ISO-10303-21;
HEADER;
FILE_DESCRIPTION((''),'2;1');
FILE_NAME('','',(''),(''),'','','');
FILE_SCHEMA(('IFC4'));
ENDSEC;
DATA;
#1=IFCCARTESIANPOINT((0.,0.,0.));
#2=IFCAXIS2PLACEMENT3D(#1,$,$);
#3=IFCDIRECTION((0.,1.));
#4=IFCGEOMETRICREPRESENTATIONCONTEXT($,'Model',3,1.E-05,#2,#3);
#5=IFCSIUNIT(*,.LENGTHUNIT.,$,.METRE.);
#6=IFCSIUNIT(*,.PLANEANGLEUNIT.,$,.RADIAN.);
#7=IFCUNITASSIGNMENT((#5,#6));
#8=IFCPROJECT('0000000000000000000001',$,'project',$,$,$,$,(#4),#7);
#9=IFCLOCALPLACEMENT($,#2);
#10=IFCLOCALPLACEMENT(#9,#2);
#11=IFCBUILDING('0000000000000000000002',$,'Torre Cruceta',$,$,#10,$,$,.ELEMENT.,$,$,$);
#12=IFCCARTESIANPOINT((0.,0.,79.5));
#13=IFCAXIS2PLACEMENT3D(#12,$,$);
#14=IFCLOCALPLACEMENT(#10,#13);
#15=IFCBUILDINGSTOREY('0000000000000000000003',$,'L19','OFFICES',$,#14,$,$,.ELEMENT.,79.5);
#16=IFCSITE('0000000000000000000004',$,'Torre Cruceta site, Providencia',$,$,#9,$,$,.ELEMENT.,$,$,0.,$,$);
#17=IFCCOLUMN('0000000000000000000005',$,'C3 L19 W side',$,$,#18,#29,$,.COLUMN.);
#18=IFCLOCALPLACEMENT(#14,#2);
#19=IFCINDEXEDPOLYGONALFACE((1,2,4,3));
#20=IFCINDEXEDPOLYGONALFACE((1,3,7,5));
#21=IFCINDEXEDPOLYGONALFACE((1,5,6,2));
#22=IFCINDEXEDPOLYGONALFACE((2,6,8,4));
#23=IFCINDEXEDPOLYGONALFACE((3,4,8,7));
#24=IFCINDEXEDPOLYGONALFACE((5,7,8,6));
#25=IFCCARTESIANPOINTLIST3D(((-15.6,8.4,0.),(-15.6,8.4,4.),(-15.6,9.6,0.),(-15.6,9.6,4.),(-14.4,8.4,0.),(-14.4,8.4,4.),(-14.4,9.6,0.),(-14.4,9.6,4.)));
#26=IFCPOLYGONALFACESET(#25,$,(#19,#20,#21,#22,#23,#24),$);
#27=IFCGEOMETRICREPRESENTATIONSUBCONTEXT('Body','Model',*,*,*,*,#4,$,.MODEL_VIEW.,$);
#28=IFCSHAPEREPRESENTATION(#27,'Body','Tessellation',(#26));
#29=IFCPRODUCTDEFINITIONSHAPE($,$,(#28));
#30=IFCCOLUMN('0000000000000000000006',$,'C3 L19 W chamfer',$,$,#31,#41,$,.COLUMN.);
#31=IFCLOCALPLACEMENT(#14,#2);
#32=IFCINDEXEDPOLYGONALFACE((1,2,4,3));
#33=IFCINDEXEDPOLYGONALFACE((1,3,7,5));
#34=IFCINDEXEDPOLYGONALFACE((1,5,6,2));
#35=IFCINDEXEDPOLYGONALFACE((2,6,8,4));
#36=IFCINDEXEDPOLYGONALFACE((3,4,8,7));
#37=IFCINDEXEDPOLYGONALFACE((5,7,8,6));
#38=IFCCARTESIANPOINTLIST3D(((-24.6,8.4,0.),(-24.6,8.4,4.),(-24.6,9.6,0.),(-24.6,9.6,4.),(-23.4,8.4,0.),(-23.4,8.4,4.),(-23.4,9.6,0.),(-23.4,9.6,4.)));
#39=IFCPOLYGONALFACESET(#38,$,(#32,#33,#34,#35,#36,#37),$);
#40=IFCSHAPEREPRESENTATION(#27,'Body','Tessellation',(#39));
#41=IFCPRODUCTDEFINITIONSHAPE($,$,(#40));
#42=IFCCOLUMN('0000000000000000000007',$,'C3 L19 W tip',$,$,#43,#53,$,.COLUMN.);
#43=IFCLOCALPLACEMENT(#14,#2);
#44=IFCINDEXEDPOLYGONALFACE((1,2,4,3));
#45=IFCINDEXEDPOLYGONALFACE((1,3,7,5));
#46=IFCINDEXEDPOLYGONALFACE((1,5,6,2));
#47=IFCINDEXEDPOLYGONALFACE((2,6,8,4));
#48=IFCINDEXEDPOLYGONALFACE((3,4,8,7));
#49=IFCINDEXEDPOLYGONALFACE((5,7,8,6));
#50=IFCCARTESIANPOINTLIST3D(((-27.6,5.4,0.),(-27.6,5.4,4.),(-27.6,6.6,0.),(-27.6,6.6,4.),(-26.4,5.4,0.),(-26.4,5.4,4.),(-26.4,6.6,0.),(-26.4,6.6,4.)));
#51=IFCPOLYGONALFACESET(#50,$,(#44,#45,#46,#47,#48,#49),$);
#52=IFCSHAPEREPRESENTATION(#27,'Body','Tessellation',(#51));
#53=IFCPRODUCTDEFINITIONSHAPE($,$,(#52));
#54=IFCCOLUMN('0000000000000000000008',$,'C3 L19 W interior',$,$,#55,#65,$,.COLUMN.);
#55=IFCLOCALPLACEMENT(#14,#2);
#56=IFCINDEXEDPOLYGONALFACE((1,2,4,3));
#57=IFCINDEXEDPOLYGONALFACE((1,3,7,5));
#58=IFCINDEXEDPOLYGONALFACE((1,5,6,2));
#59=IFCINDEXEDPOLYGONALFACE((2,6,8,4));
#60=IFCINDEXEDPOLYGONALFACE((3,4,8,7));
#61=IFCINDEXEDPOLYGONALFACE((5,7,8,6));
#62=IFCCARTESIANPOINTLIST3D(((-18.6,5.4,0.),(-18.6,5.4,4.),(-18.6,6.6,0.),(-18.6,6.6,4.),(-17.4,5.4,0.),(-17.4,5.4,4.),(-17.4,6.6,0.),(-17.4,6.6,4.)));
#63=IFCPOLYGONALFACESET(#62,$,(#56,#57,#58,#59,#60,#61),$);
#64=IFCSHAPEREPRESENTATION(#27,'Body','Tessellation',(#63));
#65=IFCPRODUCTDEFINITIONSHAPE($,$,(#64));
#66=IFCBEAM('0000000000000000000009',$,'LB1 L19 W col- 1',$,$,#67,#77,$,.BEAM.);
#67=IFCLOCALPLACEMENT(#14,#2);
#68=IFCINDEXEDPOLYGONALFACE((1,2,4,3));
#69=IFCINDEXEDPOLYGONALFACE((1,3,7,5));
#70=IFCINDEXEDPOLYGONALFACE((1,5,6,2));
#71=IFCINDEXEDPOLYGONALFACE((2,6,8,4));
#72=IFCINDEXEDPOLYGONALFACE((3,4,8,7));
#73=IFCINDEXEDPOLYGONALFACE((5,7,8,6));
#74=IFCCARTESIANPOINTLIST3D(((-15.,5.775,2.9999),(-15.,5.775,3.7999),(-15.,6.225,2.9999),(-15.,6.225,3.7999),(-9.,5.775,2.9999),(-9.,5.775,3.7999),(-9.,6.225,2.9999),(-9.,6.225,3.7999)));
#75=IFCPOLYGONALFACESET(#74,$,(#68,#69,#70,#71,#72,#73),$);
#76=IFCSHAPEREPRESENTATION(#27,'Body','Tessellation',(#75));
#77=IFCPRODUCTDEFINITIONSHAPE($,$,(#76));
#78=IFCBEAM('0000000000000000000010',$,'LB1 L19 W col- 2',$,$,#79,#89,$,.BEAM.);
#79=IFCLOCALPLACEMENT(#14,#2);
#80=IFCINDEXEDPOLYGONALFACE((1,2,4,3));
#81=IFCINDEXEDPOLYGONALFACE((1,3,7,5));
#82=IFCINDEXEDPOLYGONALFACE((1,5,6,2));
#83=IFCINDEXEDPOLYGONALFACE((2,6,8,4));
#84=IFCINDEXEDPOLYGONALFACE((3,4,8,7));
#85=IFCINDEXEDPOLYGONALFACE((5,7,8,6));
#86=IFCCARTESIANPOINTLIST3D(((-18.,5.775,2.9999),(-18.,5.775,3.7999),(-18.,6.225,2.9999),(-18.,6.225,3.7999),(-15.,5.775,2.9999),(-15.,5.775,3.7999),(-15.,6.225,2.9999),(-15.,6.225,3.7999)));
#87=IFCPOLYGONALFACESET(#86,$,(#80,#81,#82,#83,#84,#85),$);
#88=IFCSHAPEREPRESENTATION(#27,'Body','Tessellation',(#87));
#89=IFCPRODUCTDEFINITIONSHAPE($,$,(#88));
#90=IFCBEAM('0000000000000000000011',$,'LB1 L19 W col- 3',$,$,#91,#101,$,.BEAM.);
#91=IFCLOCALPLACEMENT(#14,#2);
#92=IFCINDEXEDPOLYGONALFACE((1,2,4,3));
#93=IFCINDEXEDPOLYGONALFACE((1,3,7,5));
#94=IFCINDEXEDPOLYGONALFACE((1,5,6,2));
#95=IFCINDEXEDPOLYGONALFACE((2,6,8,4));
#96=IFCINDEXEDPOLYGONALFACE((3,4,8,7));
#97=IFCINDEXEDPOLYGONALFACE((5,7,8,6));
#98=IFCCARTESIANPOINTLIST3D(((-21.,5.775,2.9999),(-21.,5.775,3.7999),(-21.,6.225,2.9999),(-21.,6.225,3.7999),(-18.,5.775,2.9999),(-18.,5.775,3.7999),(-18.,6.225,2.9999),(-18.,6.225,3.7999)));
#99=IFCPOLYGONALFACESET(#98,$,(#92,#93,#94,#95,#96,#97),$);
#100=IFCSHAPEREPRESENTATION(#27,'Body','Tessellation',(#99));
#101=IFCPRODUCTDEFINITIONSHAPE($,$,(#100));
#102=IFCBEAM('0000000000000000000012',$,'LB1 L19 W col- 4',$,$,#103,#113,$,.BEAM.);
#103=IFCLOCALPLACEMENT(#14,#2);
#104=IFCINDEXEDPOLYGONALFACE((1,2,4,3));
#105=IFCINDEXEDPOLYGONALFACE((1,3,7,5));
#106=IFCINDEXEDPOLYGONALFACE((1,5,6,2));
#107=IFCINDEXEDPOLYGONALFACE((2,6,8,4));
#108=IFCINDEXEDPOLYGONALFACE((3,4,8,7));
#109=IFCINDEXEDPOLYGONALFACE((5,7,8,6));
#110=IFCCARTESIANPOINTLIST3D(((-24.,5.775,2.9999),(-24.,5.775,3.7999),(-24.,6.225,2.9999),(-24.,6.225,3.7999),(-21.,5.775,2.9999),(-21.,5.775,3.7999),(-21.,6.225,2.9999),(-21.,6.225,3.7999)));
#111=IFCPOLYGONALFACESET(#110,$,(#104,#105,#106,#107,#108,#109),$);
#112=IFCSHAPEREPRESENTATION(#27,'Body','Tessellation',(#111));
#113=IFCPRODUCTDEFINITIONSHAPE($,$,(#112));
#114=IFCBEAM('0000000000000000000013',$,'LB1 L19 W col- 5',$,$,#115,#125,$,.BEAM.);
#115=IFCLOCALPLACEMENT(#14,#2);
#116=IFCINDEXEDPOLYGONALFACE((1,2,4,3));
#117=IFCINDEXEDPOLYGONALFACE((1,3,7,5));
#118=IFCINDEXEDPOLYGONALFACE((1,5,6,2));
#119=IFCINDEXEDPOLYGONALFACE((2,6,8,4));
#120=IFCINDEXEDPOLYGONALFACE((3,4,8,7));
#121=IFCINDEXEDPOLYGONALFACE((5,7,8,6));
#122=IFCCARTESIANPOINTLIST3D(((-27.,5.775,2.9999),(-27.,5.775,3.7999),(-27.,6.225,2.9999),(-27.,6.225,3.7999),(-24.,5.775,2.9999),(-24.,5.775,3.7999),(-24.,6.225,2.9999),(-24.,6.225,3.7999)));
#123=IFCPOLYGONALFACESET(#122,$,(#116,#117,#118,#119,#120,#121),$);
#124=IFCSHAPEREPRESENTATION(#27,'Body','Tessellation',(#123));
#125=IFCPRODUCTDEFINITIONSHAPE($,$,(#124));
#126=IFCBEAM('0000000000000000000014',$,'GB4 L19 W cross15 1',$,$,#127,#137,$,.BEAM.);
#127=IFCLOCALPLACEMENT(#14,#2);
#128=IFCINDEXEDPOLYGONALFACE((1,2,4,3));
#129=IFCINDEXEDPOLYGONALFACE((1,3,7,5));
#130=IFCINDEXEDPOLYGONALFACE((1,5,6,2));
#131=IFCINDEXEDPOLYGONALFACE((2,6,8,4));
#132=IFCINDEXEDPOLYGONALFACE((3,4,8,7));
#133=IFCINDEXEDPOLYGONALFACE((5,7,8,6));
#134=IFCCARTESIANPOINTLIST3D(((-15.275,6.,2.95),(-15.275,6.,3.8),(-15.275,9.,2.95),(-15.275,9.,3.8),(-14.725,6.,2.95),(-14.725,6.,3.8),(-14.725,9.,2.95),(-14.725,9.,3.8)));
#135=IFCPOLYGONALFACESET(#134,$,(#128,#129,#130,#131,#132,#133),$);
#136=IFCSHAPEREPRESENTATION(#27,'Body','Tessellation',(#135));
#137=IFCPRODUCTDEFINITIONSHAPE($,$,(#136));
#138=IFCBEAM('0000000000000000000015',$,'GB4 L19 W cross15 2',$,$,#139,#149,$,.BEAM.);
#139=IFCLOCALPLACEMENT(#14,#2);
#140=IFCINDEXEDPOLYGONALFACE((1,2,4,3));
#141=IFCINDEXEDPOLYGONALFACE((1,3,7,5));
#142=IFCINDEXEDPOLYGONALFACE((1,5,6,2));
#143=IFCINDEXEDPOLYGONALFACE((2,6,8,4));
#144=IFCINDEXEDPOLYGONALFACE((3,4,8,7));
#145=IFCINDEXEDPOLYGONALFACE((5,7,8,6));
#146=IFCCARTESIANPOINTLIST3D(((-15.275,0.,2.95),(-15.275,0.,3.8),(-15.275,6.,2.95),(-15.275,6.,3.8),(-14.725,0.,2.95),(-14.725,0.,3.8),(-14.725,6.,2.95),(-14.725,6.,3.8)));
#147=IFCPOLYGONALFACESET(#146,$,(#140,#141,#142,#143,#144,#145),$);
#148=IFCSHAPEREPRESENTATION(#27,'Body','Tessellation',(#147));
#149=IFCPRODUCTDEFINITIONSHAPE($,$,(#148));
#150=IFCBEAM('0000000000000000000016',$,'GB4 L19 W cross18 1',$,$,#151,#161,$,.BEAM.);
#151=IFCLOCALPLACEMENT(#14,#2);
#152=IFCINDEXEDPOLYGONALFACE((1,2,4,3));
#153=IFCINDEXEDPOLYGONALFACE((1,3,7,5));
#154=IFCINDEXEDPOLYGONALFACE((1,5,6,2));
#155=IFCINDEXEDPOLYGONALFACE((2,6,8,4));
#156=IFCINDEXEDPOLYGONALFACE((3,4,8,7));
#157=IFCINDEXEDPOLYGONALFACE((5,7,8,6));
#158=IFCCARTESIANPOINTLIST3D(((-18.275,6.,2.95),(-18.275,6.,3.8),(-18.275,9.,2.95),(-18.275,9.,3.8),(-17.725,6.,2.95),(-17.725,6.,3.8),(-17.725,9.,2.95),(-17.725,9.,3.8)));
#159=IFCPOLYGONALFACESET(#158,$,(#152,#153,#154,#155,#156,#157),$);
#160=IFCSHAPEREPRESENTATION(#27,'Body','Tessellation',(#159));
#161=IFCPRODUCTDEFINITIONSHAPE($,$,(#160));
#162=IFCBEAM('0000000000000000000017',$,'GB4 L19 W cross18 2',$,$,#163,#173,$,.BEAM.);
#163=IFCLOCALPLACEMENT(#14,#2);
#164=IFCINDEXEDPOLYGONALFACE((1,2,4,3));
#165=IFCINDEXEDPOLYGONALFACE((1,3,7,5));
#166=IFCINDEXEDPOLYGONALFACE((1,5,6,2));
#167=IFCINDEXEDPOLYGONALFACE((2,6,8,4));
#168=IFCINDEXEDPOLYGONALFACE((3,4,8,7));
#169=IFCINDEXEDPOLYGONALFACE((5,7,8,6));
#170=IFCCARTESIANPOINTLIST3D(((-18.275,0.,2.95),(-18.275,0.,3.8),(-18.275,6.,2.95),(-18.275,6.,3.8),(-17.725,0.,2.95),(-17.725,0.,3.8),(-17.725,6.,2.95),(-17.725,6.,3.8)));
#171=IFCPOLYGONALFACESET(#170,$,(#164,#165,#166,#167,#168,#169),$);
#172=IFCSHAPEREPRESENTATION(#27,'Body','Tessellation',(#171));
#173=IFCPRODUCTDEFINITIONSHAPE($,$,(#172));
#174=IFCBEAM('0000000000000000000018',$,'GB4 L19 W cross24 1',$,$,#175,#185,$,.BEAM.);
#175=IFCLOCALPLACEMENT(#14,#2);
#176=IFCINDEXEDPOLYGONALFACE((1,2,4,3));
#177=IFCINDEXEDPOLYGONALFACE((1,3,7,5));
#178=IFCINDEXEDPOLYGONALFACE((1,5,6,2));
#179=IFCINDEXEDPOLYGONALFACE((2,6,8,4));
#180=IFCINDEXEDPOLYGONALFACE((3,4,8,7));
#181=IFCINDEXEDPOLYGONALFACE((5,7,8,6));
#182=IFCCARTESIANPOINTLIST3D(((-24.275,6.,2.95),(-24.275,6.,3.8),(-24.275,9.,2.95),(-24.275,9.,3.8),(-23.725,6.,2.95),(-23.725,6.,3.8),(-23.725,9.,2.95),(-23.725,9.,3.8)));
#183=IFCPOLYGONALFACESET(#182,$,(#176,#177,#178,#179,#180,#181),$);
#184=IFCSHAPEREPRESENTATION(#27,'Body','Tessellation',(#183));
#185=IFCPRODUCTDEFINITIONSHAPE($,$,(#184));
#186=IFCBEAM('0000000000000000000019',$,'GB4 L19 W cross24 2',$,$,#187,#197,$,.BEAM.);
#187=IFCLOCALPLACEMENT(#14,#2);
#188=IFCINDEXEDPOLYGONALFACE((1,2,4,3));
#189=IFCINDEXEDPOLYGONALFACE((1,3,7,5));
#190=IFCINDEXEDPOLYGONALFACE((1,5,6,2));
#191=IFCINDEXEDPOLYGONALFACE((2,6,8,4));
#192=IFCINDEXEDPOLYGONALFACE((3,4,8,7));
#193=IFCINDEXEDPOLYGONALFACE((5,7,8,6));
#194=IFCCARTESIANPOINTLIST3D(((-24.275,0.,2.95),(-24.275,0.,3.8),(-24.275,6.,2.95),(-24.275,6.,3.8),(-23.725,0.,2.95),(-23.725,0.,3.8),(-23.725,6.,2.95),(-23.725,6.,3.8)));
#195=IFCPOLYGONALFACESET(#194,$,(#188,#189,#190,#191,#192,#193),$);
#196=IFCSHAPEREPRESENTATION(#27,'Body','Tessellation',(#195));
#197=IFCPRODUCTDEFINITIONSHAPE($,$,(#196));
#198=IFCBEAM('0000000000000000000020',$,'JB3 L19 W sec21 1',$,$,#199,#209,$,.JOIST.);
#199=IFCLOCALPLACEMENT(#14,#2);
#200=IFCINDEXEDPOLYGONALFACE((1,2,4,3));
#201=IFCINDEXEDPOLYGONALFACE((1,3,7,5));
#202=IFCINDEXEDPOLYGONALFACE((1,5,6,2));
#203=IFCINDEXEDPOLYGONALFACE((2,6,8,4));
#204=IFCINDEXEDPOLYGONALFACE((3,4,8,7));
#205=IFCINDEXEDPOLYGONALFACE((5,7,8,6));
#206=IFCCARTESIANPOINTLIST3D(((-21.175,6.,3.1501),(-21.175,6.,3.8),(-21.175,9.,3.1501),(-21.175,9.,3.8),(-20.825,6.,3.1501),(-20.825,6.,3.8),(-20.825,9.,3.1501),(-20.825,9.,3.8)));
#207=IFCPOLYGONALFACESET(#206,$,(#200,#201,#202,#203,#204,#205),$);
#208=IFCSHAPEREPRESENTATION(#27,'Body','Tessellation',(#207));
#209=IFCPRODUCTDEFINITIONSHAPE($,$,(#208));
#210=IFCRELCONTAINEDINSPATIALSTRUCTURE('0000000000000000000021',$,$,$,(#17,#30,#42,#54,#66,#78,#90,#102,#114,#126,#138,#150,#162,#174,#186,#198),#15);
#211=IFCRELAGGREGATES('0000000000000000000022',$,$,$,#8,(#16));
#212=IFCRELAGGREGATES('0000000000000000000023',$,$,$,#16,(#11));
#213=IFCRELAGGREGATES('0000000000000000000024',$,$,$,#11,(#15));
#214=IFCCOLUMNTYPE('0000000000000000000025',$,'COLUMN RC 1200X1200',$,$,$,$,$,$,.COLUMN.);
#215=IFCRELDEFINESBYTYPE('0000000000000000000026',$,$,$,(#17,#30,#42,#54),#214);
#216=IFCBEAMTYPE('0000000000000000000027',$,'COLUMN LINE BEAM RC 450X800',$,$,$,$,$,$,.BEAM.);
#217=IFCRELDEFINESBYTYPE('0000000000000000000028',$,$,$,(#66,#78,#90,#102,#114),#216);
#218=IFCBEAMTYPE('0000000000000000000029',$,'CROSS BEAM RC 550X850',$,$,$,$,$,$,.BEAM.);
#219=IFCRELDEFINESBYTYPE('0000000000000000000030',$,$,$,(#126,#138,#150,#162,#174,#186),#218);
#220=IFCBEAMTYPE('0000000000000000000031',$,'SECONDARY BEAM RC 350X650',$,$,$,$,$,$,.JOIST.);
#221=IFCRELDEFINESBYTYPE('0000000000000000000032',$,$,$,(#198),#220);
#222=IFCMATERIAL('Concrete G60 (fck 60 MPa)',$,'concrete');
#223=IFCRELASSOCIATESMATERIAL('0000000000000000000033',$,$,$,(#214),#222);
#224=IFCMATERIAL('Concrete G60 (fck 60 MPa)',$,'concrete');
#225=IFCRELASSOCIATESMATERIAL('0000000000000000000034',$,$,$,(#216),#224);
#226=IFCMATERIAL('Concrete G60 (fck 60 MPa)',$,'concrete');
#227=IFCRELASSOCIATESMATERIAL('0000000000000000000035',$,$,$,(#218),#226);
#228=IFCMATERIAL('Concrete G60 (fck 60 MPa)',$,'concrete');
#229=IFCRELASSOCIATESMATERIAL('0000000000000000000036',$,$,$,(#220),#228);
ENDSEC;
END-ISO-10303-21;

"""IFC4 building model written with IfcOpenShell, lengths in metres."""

from ifc_helpers import new_model, si_unit, direction, frame, origin, origin_2d, place, context, subcontext, project, spatial, rectangle, extrude, material, material_profile, profile_set, type_object, element, save


model = new_model("IFC4")

# Units and contexts
model_context = context("Model", 3, precision=1e-05, world=origin(), true_north=direction((0.0, 1.0)))
body_context = subcontext(model_context, "Body", "Model", "MODEL_VIEW")
ifc_project = project(units=[si_unit("LENGTHUNIT", "METRE"), si_unit("PLANEANGLEUNIT", "RADIAN")], contexts=[model_context])

# Site, building, storey
site_placement = place(None, origin())
site = spatial("IfcSite", under=ifc_project, at=site_placement, Name="Torre Cruceta site, Providencia", CompositionType="ELEMENT", RefElevation=0.0)
building_placement = place(site_placement, origin())
building = spatial("IfcBuilding", under=site, at=building_placement, Name="Torre Cruceta", CompositionType="ELEMENT")
storey_placement = place(building_placement, frame((0.0, 0.0, 79.5)))
storey = spatial("IfcBuildingStorey", under=building, at=storey_placement, Name="L19", Description="OFFICES", CompositionType="ELEMENT", Elevation=79.5)

# Columns
ifc_material_1 = material(Name="Concrete G60 (fck 60 MPa)", Category="concrete")
ifc_material_profile_1 = material_profile(ifc_material_1, rectangle(XDim=1.2, YDim=1.2, at=origin_2d()), Name="RC 1200X1200")
ifc_profile_set_1 = profile_set([ifc_material_profile_1], Name="Concrete G60 (fck 60 MPa)")
column_type = type_object("IfcColumnType", Name="COLUMN RC 1200X1200", PredefinedType="COLUMN", material=ifc_profile_set_1)
for number, where, z_axis, x_axis, name in (
    (1, (-15.0, 9.0, 0.0), (0.0, 0.0, 1.0), (1.0, 0.0, 0.0), "C3 L19 W side"),
    (2, (-24.0, 9.0, 0.0), (0.0, 0.0, 1.0), (1.0, 0.0, 0.0), "C3 L19 W chamfer"),
    (3, (-27.0, 6.0, 0.0), (0.0, 0.0, 1.0), (1.0, 0.0, 0.0), "C3 L19 W tip"),
    (4, (-18.0, 6.0, 0.0), (0.0, 0.0, 1.0), (1.0, 0.0, 0.0), "C3 L19 W interior"),
):
    element("IfcColumn", number, at=place(storey_placement, frame(where, z_axis=z_axis, x_axis=x_axis)), inside=storey, type_object=column_type, Name=name, PredefinedType="COLUMN", context=body_context, shape_type="SweptSolid", body=[
        extrude(rectangle(XDim=1.2, YDim=1.2, at=origin_2d()), origin(), (0.0, 0.0, 1.0), 4.0),
    ])

# Beams
ifc_material_2 = material(Name="Concrete G60 (fck 60 MPa)", Category="concrete")
ifc_material_profile_2 = material_profile(ifc_material_2, rectangle(XDim=0.45, YDim=0.8, at=origin_2d()), Name="RC 450X800")
ifc_profile_set_2 = profile_set([ifc_material_profile_2], Name="Concrete G60 (fck 60 MPa)")
beam_type_1 = type_object("IfcBeamType", Name="COLUMN LINE BEAM RC 450X800", PredefinedType="BEAM", material=ifc_profile_set_2)
beam_1_placement = place(storey_placement, frame((-9.0, 6.0, 3.3999), z_axis=(-1.0, 0.0, 0.0), x_axis=(0.0, -1.0, 0.0)))
element("IfcBeam", 5, at=beam_1_placement, inside=storey, type_object=beam_type_1, Name="LB1 L19 W col- 1", PredefinedType="BEAM", context=body_context, shape_type="SweptSolid", body=[
    extrude(rectangle(XDim=0.45, YDim=0.8, at=origin_2d()), origin(), (0.0, 0.0, 1.0), 6.0),
])
for number, where, z_axis, x_axis, name in (
    (6, (-15.0, 6.0, 3.3999), (-1.0, 0.0, 0.0), (0.0, -1.0, 0.0), "LB1 L19 W col- 2"),
    (7, (-18.0, 6.0, 3.3999), (-1.0, 0.0, 0.0), (0.0, -1.0, 0.0), "LB1 L19 W col- 3"),
    (8, (-21.0, 6.0, 3.3999), (-1.0, 0.0, 0.0), (0.0, -1.0, 0.0), "LB1 L19 W col- 4"),
    (9, (-24.0, 6.0, 3.3999), (-1.0, 0.0, 0.0), (0.0, -1.0, 0.0), "LB1 L19 W col- 5"),
):
    element("IfcBeam", number, at=place(storey_placement, frame(where, z_axis=z_axis, x_axis=x_axis)), inside=storey, type_object=beam_type_1, Name=name, PredefinedType="BEAM", context=body_context, shape_type="SweptSolid", body=[
        extrude(rectangle(XDim=0.45, YDim=0.8, at=origin_2d()), origin(), (0.0, 0.0, 1.0), 3.0),
    ])
ifc_material_3 = material(Name="Concrete G60 (fck 60 MPa)", Category="concrete")
ifc_material_profile_3 = material_profile(ifc_material_3, rectangle(XDim=0.55, YDim=0.8501, at=origin_2d()), Name="RC 550X850")
ifc_profile_set_3 = profile_set([ifc_material_profile_3], Name="Concrete G60 (fck 60 MPa)")
beam_type_2 = type_object("IfcBeamType", Name="CROSS BEAM RC 550X850", PredefinedType="BEAM", material=ifc_profile_set_3)
beam_2_placement = place(storey_placement, frame((-15.0, 9.0, 3.375), z_axis=(0.0, -1.0, 0.0), x_axis=(1.0, 0.0, 0.0)))
element("IfcBeam", 10, at=beam_2_placement, inside=storey, type_object=beam_type_2, Name="GB4 L19 W cross15 1", PredefinedType="BEAM", context=body_context, shape_type="SweptSolid", body=[
    extrude(rectangle(XDim=0.55, YDim=0.8501, at=origin_2d()), origin(), (0.0, 0.0, 1.0), 3.0),
])
beam_3_placement = place(storey_placement, frame((-15.0, 6.0, 3.375), z_axis=(0.0, -1.0, 0.0), x_axis=(1.0, 0.0, 0.0)))
element("IfcBeam", 11, at=beam_3_placement, inside=storey, type_object=beam_type_2, Name="GB4 L19 W cross15 2", PredefinedType="BEAM", context=body_context, shape_type="SweptSolid", body=[
    extrude(rectangle(XDim=0.55, YDim=0.8501, at=origin_2d()), origin(), (0.0, 0.0, 1.0), 6.0),
])
beam_4_placement = place(storey_placement, frame((-18.0, 9.0, 3.375), z_axis=(0.0, -1.0, 0.0), x_axis=(1.0, 0.0, 0.0)))
element("IfcBeam", 12, at=beam_4_placement, inside=storey, type_object=beam_type_2, Name="GB4 L19 W cross18 1", PredefinedType="BEAM", context=body_context, shape_type="SweptSolid", body=[
    extrude(rectangle(XDim=0.55, YDim=0.8501, at=origin_2d()), origin(), (0.0, 0.0, 1.0), 3.0),
])
beam_5_placement = place(storey_placement, frame((-18.0, 6.0, 3.375), z_axis=(0.0, -1.0, 0.0), x_axis=(1.0, 0.0, 0.0)))
element("IfcBeam", 13, at=beam_5_placement, inside=storey, type_object=beam_type_2, Name="GB4 L19 W cross18 2", PredefinedType="BEAM", context=body_context, shape_type="SweptSolid", body=[
    extrude(rectangle(XDim=0.55, YDim=0.8501, at=origin_2d()), origin(), (0.0, 0.0, 1.0), 6.0),
])
beam_6_placement = place(storey_placement, frame((-24.0, 9.0, 3.375), z_axis=(0.0, -1.0, 0.0), x_axis=(1.0, 0.0, 0.0)))
element("IfcBeam", 14, at=beam_6_placement, inside=storey, type_object=beam_type_2, Name="GB4 L19 W cross24 1", PredefinedType="BEAM", context=body_context, shape_type="SweptSolid", body=[
    extrude(rectangle(XDim=0.55, YDim=0.8501, at=origin_2d()), origin(), (0.0, 0.0, 1.0), 3.0),
])
beam_7_placement = place(storey_placement, frame((-24.0, 6.0, 3.375), z_axis=(0.0, -1.0, 0.0), x_axis=(1.0, 0.0, 0.0)))
element("IfcBeam", 15, at=beam_7_placement, inside=storey, type_object=beam_type_2, Name="GB4 L19 W cross24 2", PredefinedType="BEAM", context=body_context, shape_type="SweptSolid", body=[
    extrude(rectangle(XDim=0.55, YDim=0.8501, at=origin_2d()), origin(), (0.0, 0.0, 1.0), 6.0),
])
ifc_material_4 = material(Name="Concrete G60 (fck 60 MPa)", Category="concrete")
ifc_material_profile_4 = material_profile(ifc_material_4, rectangle(XDim=0.3501, YDim=0.6499, at=origin_2d()), Name="RC 350X650")
ifc_profile_set_4 = profile_set([ifc_material_profile_4], Name="Concrete G60 (fck 60 MPa)")
beam_type_3 = type_object("IfcBeamType", Name="SECONDARY BEAM RC 350X650", PredefinedType="JOIST", material=ifc_profile_set_4)
beam_8_placement = place(storey_placement, frame((-21.0, 9.0, 3.4751), z_axis=(0.0, -1.0, 0.0), x_axis=(1.0, 0.0, 0.0)))
element("IfcBeam", 16, at=beam_8_placement, inside=storey, type_object=beam_type_3, Name="JB3 L19 W sec21 1", PredefinedType="JOIST", context=body_context, shape_type="SweptSolid", body=[
    extrude(rectangle(XDim=0.3501, YDim=0.6499, at=origin_2d()), origin(), (0.0, 0.0, 1.0), 3.0),
])

save(model, "model.ifc")
